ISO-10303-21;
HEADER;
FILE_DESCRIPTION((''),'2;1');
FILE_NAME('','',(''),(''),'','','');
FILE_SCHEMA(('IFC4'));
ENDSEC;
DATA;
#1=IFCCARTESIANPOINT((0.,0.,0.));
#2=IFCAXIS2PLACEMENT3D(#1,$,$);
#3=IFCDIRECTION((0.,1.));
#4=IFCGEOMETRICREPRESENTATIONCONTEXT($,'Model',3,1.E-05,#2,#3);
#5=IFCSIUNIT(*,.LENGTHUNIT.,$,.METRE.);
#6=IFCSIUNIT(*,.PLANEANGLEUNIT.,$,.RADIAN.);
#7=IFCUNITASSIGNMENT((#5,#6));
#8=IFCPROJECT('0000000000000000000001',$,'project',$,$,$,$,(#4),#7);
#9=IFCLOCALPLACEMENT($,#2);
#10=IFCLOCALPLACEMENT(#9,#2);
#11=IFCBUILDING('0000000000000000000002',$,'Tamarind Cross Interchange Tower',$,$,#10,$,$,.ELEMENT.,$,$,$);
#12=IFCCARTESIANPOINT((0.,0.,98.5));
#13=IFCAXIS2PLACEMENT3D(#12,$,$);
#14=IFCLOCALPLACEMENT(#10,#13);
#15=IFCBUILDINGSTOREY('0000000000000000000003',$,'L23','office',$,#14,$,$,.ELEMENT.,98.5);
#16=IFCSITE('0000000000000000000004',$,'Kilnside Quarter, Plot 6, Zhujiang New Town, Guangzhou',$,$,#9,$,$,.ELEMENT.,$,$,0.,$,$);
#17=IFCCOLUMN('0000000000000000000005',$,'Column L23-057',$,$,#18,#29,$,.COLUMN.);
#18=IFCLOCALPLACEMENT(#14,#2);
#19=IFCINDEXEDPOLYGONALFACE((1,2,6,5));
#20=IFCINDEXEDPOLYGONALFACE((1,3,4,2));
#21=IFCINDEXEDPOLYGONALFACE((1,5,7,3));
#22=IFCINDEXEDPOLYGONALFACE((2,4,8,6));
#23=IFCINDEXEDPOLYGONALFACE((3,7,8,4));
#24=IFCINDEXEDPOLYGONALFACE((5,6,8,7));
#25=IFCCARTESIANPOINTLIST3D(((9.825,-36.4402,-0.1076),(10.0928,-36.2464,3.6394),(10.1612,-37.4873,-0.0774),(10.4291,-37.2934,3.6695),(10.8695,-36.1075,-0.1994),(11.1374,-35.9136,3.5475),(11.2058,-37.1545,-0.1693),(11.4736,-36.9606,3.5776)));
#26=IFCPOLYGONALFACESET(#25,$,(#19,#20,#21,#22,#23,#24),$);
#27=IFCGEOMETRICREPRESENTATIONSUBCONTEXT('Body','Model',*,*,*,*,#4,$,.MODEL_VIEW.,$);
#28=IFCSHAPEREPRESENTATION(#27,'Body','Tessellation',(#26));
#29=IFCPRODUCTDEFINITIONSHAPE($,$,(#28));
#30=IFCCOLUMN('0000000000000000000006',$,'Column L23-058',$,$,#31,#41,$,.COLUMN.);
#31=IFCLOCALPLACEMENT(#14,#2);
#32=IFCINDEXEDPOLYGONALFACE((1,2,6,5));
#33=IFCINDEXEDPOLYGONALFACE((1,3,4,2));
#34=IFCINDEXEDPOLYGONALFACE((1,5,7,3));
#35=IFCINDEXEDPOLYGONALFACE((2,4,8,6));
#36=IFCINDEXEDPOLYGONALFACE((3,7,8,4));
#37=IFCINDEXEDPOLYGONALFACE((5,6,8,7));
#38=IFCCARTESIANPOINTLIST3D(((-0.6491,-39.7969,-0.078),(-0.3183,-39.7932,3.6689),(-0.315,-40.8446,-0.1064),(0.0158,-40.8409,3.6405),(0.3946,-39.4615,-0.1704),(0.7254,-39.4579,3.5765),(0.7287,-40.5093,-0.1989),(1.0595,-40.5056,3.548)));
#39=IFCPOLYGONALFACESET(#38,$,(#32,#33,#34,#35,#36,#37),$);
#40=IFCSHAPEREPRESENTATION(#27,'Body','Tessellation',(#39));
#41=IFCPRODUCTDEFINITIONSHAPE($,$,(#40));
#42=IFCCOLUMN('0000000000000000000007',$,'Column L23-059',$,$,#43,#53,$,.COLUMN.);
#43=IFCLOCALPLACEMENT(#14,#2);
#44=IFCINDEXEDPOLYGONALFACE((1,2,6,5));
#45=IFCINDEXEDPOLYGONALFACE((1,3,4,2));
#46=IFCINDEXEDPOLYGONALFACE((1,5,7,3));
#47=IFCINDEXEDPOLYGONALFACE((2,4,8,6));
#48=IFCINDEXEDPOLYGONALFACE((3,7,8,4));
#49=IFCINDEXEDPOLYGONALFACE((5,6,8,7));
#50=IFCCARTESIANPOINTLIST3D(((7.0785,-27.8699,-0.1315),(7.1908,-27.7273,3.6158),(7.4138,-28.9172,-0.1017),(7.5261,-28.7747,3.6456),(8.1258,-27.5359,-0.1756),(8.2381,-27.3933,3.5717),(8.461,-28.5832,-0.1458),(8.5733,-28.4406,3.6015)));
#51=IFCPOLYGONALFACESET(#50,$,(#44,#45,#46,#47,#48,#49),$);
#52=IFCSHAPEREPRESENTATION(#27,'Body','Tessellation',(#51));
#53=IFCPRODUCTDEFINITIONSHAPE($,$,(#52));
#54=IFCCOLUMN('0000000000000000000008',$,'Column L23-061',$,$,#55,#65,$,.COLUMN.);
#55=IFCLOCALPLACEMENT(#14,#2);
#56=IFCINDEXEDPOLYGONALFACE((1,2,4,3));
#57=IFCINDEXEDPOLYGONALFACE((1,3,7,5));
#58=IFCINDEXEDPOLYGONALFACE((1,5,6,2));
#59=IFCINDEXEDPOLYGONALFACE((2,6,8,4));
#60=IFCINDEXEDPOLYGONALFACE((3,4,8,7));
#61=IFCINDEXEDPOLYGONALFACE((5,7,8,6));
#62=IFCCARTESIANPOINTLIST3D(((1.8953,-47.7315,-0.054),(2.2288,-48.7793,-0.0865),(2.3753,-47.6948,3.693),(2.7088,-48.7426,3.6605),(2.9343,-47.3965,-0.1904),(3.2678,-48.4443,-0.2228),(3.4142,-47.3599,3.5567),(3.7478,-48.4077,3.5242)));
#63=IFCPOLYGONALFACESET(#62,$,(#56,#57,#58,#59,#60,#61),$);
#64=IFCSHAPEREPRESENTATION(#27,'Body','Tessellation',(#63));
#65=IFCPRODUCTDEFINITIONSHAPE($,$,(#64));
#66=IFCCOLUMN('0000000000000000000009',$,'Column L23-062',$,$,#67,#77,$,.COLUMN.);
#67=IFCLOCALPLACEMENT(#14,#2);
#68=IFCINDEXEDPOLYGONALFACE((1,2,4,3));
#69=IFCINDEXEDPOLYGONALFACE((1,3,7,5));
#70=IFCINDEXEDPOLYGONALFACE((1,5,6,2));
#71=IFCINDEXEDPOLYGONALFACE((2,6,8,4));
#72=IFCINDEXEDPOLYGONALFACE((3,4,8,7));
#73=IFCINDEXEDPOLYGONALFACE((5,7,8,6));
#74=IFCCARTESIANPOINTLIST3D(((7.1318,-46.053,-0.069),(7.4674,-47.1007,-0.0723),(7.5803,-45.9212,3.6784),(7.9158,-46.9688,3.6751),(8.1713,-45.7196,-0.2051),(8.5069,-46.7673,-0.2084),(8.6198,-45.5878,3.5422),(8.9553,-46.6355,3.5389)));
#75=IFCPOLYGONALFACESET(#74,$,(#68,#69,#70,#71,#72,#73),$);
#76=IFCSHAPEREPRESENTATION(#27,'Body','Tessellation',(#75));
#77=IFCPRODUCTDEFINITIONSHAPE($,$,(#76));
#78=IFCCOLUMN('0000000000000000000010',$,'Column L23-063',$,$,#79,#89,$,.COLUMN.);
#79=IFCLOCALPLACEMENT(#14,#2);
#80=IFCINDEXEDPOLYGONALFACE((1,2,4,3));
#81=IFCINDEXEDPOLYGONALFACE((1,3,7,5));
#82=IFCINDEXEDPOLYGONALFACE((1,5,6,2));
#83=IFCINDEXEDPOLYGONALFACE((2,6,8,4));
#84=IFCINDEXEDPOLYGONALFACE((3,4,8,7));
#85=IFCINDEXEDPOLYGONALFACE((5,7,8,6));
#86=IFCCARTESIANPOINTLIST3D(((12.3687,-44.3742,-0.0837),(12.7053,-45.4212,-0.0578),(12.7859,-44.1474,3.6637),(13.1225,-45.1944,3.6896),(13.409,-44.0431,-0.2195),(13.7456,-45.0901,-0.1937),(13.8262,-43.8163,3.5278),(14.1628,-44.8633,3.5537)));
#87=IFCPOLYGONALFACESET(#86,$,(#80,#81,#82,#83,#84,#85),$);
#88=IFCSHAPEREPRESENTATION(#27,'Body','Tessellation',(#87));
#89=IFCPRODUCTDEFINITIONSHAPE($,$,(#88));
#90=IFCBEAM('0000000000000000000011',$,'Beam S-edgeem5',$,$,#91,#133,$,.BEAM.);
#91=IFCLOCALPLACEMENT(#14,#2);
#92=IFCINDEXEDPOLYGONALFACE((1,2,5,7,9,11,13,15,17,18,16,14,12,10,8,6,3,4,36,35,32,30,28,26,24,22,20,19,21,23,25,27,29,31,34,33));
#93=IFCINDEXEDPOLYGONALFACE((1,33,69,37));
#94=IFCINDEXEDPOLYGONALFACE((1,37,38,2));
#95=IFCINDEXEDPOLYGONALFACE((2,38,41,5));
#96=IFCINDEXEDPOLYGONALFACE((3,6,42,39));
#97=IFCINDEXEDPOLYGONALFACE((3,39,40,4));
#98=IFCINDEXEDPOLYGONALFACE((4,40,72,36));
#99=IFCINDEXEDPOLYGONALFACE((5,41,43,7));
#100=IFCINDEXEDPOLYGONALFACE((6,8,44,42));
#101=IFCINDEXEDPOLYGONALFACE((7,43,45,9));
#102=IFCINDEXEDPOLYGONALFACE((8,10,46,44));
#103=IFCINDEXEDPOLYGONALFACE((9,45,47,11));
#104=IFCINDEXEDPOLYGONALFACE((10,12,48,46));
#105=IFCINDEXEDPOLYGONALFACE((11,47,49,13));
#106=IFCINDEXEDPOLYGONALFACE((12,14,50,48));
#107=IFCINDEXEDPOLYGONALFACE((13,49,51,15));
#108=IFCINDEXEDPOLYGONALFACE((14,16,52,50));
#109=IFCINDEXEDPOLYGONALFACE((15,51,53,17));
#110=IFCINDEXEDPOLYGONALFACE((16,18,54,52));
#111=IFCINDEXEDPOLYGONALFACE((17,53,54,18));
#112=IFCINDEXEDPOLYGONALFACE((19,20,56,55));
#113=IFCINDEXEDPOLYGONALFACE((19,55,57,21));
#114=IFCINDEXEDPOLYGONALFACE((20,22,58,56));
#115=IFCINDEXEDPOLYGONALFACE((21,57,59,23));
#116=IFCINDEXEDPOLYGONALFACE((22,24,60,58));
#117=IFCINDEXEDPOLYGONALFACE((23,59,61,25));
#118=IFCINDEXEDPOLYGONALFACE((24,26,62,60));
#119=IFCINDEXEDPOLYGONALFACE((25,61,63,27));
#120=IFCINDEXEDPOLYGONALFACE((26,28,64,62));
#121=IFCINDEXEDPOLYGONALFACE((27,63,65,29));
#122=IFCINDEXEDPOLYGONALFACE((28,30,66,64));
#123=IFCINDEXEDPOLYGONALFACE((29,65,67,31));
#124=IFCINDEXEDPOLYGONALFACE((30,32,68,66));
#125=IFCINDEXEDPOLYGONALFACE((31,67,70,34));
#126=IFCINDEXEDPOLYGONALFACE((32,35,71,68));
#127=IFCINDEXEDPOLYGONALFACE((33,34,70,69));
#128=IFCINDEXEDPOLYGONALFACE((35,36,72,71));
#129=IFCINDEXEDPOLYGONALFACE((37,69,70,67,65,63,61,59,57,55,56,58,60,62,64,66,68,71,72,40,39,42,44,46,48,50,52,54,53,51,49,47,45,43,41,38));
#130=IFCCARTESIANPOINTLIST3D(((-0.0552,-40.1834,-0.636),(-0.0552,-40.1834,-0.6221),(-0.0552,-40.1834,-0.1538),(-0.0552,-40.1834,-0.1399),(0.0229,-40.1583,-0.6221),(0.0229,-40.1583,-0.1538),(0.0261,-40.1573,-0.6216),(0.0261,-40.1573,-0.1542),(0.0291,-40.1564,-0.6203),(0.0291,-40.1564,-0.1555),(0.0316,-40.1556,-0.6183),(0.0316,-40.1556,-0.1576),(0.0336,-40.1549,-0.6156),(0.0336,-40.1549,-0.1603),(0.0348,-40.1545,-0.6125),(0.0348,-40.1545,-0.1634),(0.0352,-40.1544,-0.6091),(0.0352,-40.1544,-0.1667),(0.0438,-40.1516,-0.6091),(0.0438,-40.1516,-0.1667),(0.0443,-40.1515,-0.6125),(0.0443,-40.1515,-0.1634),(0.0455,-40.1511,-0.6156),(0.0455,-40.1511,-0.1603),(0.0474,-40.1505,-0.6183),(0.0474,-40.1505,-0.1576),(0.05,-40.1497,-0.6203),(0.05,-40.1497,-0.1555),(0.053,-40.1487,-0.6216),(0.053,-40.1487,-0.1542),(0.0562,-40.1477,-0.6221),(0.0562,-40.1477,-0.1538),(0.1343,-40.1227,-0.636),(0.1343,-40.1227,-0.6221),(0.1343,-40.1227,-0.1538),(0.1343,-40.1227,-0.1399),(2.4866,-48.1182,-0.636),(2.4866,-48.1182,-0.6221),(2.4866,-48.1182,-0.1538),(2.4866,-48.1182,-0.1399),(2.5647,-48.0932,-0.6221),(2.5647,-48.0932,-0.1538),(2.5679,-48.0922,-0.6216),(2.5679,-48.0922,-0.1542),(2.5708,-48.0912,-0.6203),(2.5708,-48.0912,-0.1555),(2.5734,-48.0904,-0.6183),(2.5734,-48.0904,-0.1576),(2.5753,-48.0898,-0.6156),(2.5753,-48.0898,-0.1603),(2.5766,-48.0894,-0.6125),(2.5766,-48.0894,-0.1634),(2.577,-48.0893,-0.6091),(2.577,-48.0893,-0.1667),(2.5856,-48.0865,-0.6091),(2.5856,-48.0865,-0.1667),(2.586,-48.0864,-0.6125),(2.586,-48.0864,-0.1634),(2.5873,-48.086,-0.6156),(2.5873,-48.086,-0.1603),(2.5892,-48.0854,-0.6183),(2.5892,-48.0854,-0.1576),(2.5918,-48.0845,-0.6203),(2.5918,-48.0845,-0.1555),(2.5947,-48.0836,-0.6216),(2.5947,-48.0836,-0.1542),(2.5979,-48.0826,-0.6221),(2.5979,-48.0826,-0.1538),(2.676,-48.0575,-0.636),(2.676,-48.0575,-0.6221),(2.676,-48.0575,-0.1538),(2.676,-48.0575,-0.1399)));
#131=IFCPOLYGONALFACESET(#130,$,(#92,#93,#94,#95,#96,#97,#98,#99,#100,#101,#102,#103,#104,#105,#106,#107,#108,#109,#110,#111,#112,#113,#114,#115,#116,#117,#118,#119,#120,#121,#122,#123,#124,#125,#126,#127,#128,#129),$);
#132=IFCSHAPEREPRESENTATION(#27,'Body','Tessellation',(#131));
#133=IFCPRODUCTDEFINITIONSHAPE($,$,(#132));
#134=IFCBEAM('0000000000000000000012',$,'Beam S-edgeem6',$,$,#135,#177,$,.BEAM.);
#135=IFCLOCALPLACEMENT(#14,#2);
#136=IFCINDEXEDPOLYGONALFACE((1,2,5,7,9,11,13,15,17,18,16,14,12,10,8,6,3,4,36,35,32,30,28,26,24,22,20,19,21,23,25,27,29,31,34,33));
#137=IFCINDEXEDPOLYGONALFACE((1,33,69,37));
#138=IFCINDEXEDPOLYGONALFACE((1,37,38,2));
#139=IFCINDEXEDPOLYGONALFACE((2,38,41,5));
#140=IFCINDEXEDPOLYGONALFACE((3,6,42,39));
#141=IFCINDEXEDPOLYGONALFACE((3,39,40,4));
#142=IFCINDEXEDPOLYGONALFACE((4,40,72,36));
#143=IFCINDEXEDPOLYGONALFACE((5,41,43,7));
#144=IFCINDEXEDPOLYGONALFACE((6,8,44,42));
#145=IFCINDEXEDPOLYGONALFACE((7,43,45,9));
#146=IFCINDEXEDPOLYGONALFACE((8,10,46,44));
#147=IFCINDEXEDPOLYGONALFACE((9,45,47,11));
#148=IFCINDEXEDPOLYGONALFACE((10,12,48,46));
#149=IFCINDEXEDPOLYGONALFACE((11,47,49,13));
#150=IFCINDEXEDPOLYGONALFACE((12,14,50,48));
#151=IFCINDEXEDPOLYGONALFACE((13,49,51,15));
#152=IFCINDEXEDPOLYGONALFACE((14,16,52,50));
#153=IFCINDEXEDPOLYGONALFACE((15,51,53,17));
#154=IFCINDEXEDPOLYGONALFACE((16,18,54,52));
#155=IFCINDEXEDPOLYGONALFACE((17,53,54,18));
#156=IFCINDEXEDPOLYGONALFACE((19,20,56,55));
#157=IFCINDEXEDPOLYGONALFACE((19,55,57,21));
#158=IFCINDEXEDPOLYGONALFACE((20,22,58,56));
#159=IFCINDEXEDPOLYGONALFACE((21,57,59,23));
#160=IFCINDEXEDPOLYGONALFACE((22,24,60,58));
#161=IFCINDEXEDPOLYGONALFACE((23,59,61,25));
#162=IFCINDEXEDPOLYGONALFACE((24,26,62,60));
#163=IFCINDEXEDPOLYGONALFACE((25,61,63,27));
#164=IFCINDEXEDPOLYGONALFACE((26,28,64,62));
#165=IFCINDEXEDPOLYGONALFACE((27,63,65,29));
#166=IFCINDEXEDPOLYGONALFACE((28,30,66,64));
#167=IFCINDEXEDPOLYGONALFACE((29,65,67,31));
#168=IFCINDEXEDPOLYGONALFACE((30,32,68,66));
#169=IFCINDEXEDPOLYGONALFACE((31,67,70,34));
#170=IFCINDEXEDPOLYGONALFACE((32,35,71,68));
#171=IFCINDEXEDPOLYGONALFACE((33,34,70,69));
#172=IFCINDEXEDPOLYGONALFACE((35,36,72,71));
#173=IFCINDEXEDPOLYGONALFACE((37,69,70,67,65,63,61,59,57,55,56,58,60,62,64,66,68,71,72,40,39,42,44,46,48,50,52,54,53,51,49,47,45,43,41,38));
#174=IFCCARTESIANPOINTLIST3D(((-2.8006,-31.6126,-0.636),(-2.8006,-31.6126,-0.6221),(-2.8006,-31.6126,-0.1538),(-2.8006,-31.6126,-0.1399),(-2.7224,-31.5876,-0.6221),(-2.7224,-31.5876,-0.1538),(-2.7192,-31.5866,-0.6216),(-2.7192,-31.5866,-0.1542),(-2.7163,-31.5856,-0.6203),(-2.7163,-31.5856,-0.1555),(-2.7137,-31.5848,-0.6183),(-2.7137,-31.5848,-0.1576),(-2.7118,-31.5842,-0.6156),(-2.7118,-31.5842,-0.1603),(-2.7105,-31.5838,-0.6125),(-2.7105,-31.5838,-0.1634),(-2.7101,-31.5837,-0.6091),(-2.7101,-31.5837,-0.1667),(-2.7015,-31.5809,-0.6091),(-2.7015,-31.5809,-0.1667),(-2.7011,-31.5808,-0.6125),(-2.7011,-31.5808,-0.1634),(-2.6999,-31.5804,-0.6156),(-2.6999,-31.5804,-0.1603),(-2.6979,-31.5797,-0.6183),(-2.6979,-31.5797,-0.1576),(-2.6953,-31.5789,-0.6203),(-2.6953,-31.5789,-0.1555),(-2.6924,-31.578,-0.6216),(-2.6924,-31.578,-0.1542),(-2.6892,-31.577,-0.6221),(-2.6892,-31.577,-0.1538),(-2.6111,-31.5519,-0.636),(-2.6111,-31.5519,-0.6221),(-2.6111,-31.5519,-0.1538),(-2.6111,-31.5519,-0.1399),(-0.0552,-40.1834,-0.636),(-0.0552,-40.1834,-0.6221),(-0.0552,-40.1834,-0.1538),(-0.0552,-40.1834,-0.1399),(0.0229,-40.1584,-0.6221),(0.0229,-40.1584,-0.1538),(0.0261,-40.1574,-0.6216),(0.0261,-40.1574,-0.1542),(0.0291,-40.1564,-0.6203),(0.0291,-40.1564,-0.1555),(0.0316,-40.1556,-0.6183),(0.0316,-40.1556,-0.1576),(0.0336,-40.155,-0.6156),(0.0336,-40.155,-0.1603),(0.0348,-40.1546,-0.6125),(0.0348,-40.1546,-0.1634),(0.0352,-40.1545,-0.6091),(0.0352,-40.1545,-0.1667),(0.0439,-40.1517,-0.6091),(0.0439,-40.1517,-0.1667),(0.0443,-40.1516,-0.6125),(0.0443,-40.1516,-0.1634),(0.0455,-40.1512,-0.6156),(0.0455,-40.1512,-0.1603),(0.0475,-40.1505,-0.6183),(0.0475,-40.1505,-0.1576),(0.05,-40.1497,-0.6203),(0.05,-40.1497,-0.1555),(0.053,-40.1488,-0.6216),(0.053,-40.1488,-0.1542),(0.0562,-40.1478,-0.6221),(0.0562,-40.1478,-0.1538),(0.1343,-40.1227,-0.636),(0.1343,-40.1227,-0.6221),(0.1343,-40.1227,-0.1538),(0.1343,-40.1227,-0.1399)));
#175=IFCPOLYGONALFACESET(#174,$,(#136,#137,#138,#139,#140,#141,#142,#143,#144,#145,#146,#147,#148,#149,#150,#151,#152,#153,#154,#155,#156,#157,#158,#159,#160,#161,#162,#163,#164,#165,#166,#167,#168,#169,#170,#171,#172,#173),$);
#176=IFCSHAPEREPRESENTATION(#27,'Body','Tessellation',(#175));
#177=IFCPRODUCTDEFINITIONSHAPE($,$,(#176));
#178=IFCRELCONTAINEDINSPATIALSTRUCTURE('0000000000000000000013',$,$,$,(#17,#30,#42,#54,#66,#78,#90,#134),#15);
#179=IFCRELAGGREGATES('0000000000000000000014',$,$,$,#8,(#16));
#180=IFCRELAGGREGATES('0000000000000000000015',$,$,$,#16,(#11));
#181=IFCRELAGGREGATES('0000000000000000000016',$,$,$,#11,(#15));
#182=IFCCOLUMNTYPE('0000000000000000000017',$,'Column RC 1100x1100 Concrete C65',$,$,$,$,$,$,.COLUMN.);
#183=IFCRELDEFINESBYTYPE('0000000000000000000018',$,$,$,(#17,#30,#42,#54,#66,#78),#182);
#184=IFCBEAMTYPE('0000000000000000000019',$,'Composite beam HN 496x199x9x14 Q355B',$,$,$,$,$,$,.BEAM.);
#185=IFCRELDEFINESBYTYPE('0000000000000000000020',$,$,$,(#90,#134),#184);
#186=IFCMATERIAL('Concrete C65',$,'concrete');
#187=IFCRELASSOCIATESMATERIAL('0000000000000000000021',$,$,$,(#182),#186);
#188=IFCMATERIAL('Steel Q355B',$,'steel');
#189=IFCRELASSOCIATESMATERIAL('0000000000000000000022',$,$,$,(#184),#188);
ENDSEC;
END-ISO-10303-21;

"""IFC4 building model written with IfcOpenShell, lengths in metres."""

from ifc_helpers import new_model, si_unit, direction, frame, origin, origin_2d, place, context, subcontext, project, spatial, rectangle, i_section, extrude, material, material_profile, profile_set, type_object, element, save


model = new_model("IFC4")

# Units and contexts
model_context = context("Model", 3, precision=1e-05, world=origin(), true_north=direction((0.0, 1.0)))
body_context = subcontext(model_context, "Body", "Model", "MODEL_VIEW")
ifc_project = project(units=[si_unit("LENGTHUNIT", "METRE"), si_unit("PLANEANGLEUNIT", "RADIAN")], contexts=[model_context])

# Site, building, storey
site_placement = place(None, origin())
site = spatial("IfcSite", under=ifc_project, at=site_placement, Name="Kilnside Quarter, Plot 6, Zhujiang New Town, Guangzhou", CompositionType="ELEMENT", RefElevation=0.0)
building_placement = place(site_placement, origin())
building = spatial("IfcBuilding", under=site, at=building_placement, Name="Tamarind Cross Interchange Tower", CompositionType="ELEMENT")
storey_placement = place(building_placement, frame((0.0, 0.0, 98.5)))
storey = spatial("IfcBuildingStorey", under=building, at=storey_placement, Name="L23", Description="office", CompositionType="ELEMENT", Elevation=98.5)

# Columns
ifc_material_1 = material(Name="Concrete C65", Category="concrete")
ifc_material_profile_1 = material_profile(ifc_material_1, rectangle(XDim=1.1001, YDim=1.1001, at=origin_2d()), Name="RC 1100x1100")
ifc_profile_set_1 = profile_set([ifc_material_profile_1], Name="Concrete C65")
column_type = type_object("IfcColumnType", Name="Column RC 1100x1100 Concrete C65", PredefinedType="COLUMN", material=ifc_profile_set_1)
for number, where, z_axis, x_axis, name in (
    (1, (10.5154, -36.7974, -0.1384), (0.071203, 0.051536, 0.99613), (-0.949481, -0.302506, 0.083519), "Column L23-057"),
    (2, (0.0398, -40.1531, -0.1384), (0.087949, 0.000974, 0.996125), (-0.303696, 0.952417, 0.025883), "Column L23-058"),
):
    element("IfcColumn", number, at=place(storey_placement, frame(where, z_axis=z_axis, x_axis=x_axis)), inside=storey, type_object=column_type, Name=name, PredefinedType="COLUMN", context=body_context, shape_type="SweptSolid", body=[
        extrude(rectangle(XDim=1.1001, YDim=1.1001, at=origin_2d()), origin(), (0.0, 0.0, 1.0), 3.7615),
    ])
column_1_placement = place(storey_placement, frame((7.7698, -28.2266, -0.1387), z_axis=(0.029934, 0.038004, 0.998829), x_axis=(-0.951952, -0.303614, 0.040081)))
element("IfcColumn", 3, at=column_1_placement, inside=storey, type_object=column_type, Name="Column L23-059", PredefinedType="COLUMN", context=body_context, shape_type="SweptSolid", body=[
    extrude(rectangle(XDim=1.1001, YDim=1.1001, at=origin_2d()), origin(), (0.0, 0.0, 1.0), 3.7517),
])
column_2_placement = place(storey_placement, frame((2.5815, -48.0879, -0.1384), z_axis=(0.127051, 0.009694, 0.991849), x_axis=(-0.303189, 0.952473, 0.029528)))
element("IfcColumn", 4, at=column_2_placement, inside=storey, type_object=column_type, Name="Column L23-061", PredefinedType="COLUMN", context=body_context, shape_type="SweptSolid", body=[
    extrude(rectangle(XDim=1.1001, YDim=1.1001, at=origin_2d()), origin(), (0.0, 0.0, 1.0), 3.7778),
])
column_3_placement = place(storey_placement, frame((7.8193, -46.4102, -0.1387), z_axis=(0.118762, 0.034911, 0.992309), x_axis=(-0.305016, 0.952342, 0.003)))
element("IfcColumn", 5, at=column_3_placement, inside=storey, type_object=column_type, Name="Column L23-062", PredefinedType="COLUMN", context=body_context, shape_type="SweptSolid", body=[
    extrude(rectangle(XDim=1.1001, YDim=1.1001, at=origin_2d()), origin(), (0.0, 0.0, 1.0), 3.7764),
])
column_4_placement = place(storey_placement, frame((13.0571, -44.7322, -0.1387), z_axis=(0.110459, 0.060045, 0.992065), x_axis=(-0.945609, -0.30095, 0.123502)))
element("IfcColumn", 6, at=column_4_placement, inside=storey, type_object=column_type, Name="Column L23-063", PredefinedType="COLUMN", context=body_context, shape_type="SweptSolid", body=[
    extrude(rectangle(XDim=1.1001, YDim=1.1001, at=origin_2d()), origin(), (0.0, 0.0, 1.0), 3.7773),
])

# Beams
ifc_material_2 = material(Name="Steel Q355B", Category="steel")
ifc_material_profile_2 = material_profile(ifc_material_2, i_section(OverallWidth=0.199, OverallDepth=0.4961, WebThickness=0.009, FlangeThickness=0.0139, FilletRadius=0.0129, at=origin_2d()), Name="HN 496x199x9x14")
ifc_profile_set_2 = profile_set([ifc_material_profile_2], Name="Steel Q355B")
beam_type_1 = type_object("IfcBeamType", Name="Composite beam HN 496x199x9x14 Q355B", PredefinedType="BEAM", material=ifc_profile_set_2)
beam_1_placement = place(storey_placement, frame((2.5813, -48.0879, -0.3879), z_axis=(-0.30506, 0.952333, 0.0), x_axis=(-0.952333, -0.30506, 0.0)))
element("IfcBeam", 7, at=beam_1_placement, inside=storey, type_object=beam_type_1, Name="Beam S-edgeem5", PredefinedType="BEAM", context=body_context, shape_type="SweptSolid", body=[
    extrude(i_section(OverallWidth=0.199, OverallDepth=0.4961, WebThickness=0.009, FlangeThickness=0.0139, FilletRadius=0.0129, at=origin_2d()), origin(), (0.0, 0.0, 1.0), 8.332),
])
beam_2_placement = place(storey_placement, frame((0.0396, -40.1531, -0.3879), z_axis=(-0.305048, 0.952337, 0.0), x_axis=(-0.952337, -0.305048, 0.0)))
element("IfcBeam", 8, at=beam_2_placement, inside=storey, type_object=beam_type_1, Name="Beam S-edgeem6", PredefinedType="BEAM", context=body_context, shape_type="SweptSolid", body=[
    extrude(i_section(OverallWidth=0.199, OverallDepth=0.4961, WebThickness=0.009, FlangeThickness=0.0139, FilletRadius=0.0129, at=origin_2d()), origin(), (0.0, 0.0, 1.0), 8.9998),
])

save(model, "model.ifc")
